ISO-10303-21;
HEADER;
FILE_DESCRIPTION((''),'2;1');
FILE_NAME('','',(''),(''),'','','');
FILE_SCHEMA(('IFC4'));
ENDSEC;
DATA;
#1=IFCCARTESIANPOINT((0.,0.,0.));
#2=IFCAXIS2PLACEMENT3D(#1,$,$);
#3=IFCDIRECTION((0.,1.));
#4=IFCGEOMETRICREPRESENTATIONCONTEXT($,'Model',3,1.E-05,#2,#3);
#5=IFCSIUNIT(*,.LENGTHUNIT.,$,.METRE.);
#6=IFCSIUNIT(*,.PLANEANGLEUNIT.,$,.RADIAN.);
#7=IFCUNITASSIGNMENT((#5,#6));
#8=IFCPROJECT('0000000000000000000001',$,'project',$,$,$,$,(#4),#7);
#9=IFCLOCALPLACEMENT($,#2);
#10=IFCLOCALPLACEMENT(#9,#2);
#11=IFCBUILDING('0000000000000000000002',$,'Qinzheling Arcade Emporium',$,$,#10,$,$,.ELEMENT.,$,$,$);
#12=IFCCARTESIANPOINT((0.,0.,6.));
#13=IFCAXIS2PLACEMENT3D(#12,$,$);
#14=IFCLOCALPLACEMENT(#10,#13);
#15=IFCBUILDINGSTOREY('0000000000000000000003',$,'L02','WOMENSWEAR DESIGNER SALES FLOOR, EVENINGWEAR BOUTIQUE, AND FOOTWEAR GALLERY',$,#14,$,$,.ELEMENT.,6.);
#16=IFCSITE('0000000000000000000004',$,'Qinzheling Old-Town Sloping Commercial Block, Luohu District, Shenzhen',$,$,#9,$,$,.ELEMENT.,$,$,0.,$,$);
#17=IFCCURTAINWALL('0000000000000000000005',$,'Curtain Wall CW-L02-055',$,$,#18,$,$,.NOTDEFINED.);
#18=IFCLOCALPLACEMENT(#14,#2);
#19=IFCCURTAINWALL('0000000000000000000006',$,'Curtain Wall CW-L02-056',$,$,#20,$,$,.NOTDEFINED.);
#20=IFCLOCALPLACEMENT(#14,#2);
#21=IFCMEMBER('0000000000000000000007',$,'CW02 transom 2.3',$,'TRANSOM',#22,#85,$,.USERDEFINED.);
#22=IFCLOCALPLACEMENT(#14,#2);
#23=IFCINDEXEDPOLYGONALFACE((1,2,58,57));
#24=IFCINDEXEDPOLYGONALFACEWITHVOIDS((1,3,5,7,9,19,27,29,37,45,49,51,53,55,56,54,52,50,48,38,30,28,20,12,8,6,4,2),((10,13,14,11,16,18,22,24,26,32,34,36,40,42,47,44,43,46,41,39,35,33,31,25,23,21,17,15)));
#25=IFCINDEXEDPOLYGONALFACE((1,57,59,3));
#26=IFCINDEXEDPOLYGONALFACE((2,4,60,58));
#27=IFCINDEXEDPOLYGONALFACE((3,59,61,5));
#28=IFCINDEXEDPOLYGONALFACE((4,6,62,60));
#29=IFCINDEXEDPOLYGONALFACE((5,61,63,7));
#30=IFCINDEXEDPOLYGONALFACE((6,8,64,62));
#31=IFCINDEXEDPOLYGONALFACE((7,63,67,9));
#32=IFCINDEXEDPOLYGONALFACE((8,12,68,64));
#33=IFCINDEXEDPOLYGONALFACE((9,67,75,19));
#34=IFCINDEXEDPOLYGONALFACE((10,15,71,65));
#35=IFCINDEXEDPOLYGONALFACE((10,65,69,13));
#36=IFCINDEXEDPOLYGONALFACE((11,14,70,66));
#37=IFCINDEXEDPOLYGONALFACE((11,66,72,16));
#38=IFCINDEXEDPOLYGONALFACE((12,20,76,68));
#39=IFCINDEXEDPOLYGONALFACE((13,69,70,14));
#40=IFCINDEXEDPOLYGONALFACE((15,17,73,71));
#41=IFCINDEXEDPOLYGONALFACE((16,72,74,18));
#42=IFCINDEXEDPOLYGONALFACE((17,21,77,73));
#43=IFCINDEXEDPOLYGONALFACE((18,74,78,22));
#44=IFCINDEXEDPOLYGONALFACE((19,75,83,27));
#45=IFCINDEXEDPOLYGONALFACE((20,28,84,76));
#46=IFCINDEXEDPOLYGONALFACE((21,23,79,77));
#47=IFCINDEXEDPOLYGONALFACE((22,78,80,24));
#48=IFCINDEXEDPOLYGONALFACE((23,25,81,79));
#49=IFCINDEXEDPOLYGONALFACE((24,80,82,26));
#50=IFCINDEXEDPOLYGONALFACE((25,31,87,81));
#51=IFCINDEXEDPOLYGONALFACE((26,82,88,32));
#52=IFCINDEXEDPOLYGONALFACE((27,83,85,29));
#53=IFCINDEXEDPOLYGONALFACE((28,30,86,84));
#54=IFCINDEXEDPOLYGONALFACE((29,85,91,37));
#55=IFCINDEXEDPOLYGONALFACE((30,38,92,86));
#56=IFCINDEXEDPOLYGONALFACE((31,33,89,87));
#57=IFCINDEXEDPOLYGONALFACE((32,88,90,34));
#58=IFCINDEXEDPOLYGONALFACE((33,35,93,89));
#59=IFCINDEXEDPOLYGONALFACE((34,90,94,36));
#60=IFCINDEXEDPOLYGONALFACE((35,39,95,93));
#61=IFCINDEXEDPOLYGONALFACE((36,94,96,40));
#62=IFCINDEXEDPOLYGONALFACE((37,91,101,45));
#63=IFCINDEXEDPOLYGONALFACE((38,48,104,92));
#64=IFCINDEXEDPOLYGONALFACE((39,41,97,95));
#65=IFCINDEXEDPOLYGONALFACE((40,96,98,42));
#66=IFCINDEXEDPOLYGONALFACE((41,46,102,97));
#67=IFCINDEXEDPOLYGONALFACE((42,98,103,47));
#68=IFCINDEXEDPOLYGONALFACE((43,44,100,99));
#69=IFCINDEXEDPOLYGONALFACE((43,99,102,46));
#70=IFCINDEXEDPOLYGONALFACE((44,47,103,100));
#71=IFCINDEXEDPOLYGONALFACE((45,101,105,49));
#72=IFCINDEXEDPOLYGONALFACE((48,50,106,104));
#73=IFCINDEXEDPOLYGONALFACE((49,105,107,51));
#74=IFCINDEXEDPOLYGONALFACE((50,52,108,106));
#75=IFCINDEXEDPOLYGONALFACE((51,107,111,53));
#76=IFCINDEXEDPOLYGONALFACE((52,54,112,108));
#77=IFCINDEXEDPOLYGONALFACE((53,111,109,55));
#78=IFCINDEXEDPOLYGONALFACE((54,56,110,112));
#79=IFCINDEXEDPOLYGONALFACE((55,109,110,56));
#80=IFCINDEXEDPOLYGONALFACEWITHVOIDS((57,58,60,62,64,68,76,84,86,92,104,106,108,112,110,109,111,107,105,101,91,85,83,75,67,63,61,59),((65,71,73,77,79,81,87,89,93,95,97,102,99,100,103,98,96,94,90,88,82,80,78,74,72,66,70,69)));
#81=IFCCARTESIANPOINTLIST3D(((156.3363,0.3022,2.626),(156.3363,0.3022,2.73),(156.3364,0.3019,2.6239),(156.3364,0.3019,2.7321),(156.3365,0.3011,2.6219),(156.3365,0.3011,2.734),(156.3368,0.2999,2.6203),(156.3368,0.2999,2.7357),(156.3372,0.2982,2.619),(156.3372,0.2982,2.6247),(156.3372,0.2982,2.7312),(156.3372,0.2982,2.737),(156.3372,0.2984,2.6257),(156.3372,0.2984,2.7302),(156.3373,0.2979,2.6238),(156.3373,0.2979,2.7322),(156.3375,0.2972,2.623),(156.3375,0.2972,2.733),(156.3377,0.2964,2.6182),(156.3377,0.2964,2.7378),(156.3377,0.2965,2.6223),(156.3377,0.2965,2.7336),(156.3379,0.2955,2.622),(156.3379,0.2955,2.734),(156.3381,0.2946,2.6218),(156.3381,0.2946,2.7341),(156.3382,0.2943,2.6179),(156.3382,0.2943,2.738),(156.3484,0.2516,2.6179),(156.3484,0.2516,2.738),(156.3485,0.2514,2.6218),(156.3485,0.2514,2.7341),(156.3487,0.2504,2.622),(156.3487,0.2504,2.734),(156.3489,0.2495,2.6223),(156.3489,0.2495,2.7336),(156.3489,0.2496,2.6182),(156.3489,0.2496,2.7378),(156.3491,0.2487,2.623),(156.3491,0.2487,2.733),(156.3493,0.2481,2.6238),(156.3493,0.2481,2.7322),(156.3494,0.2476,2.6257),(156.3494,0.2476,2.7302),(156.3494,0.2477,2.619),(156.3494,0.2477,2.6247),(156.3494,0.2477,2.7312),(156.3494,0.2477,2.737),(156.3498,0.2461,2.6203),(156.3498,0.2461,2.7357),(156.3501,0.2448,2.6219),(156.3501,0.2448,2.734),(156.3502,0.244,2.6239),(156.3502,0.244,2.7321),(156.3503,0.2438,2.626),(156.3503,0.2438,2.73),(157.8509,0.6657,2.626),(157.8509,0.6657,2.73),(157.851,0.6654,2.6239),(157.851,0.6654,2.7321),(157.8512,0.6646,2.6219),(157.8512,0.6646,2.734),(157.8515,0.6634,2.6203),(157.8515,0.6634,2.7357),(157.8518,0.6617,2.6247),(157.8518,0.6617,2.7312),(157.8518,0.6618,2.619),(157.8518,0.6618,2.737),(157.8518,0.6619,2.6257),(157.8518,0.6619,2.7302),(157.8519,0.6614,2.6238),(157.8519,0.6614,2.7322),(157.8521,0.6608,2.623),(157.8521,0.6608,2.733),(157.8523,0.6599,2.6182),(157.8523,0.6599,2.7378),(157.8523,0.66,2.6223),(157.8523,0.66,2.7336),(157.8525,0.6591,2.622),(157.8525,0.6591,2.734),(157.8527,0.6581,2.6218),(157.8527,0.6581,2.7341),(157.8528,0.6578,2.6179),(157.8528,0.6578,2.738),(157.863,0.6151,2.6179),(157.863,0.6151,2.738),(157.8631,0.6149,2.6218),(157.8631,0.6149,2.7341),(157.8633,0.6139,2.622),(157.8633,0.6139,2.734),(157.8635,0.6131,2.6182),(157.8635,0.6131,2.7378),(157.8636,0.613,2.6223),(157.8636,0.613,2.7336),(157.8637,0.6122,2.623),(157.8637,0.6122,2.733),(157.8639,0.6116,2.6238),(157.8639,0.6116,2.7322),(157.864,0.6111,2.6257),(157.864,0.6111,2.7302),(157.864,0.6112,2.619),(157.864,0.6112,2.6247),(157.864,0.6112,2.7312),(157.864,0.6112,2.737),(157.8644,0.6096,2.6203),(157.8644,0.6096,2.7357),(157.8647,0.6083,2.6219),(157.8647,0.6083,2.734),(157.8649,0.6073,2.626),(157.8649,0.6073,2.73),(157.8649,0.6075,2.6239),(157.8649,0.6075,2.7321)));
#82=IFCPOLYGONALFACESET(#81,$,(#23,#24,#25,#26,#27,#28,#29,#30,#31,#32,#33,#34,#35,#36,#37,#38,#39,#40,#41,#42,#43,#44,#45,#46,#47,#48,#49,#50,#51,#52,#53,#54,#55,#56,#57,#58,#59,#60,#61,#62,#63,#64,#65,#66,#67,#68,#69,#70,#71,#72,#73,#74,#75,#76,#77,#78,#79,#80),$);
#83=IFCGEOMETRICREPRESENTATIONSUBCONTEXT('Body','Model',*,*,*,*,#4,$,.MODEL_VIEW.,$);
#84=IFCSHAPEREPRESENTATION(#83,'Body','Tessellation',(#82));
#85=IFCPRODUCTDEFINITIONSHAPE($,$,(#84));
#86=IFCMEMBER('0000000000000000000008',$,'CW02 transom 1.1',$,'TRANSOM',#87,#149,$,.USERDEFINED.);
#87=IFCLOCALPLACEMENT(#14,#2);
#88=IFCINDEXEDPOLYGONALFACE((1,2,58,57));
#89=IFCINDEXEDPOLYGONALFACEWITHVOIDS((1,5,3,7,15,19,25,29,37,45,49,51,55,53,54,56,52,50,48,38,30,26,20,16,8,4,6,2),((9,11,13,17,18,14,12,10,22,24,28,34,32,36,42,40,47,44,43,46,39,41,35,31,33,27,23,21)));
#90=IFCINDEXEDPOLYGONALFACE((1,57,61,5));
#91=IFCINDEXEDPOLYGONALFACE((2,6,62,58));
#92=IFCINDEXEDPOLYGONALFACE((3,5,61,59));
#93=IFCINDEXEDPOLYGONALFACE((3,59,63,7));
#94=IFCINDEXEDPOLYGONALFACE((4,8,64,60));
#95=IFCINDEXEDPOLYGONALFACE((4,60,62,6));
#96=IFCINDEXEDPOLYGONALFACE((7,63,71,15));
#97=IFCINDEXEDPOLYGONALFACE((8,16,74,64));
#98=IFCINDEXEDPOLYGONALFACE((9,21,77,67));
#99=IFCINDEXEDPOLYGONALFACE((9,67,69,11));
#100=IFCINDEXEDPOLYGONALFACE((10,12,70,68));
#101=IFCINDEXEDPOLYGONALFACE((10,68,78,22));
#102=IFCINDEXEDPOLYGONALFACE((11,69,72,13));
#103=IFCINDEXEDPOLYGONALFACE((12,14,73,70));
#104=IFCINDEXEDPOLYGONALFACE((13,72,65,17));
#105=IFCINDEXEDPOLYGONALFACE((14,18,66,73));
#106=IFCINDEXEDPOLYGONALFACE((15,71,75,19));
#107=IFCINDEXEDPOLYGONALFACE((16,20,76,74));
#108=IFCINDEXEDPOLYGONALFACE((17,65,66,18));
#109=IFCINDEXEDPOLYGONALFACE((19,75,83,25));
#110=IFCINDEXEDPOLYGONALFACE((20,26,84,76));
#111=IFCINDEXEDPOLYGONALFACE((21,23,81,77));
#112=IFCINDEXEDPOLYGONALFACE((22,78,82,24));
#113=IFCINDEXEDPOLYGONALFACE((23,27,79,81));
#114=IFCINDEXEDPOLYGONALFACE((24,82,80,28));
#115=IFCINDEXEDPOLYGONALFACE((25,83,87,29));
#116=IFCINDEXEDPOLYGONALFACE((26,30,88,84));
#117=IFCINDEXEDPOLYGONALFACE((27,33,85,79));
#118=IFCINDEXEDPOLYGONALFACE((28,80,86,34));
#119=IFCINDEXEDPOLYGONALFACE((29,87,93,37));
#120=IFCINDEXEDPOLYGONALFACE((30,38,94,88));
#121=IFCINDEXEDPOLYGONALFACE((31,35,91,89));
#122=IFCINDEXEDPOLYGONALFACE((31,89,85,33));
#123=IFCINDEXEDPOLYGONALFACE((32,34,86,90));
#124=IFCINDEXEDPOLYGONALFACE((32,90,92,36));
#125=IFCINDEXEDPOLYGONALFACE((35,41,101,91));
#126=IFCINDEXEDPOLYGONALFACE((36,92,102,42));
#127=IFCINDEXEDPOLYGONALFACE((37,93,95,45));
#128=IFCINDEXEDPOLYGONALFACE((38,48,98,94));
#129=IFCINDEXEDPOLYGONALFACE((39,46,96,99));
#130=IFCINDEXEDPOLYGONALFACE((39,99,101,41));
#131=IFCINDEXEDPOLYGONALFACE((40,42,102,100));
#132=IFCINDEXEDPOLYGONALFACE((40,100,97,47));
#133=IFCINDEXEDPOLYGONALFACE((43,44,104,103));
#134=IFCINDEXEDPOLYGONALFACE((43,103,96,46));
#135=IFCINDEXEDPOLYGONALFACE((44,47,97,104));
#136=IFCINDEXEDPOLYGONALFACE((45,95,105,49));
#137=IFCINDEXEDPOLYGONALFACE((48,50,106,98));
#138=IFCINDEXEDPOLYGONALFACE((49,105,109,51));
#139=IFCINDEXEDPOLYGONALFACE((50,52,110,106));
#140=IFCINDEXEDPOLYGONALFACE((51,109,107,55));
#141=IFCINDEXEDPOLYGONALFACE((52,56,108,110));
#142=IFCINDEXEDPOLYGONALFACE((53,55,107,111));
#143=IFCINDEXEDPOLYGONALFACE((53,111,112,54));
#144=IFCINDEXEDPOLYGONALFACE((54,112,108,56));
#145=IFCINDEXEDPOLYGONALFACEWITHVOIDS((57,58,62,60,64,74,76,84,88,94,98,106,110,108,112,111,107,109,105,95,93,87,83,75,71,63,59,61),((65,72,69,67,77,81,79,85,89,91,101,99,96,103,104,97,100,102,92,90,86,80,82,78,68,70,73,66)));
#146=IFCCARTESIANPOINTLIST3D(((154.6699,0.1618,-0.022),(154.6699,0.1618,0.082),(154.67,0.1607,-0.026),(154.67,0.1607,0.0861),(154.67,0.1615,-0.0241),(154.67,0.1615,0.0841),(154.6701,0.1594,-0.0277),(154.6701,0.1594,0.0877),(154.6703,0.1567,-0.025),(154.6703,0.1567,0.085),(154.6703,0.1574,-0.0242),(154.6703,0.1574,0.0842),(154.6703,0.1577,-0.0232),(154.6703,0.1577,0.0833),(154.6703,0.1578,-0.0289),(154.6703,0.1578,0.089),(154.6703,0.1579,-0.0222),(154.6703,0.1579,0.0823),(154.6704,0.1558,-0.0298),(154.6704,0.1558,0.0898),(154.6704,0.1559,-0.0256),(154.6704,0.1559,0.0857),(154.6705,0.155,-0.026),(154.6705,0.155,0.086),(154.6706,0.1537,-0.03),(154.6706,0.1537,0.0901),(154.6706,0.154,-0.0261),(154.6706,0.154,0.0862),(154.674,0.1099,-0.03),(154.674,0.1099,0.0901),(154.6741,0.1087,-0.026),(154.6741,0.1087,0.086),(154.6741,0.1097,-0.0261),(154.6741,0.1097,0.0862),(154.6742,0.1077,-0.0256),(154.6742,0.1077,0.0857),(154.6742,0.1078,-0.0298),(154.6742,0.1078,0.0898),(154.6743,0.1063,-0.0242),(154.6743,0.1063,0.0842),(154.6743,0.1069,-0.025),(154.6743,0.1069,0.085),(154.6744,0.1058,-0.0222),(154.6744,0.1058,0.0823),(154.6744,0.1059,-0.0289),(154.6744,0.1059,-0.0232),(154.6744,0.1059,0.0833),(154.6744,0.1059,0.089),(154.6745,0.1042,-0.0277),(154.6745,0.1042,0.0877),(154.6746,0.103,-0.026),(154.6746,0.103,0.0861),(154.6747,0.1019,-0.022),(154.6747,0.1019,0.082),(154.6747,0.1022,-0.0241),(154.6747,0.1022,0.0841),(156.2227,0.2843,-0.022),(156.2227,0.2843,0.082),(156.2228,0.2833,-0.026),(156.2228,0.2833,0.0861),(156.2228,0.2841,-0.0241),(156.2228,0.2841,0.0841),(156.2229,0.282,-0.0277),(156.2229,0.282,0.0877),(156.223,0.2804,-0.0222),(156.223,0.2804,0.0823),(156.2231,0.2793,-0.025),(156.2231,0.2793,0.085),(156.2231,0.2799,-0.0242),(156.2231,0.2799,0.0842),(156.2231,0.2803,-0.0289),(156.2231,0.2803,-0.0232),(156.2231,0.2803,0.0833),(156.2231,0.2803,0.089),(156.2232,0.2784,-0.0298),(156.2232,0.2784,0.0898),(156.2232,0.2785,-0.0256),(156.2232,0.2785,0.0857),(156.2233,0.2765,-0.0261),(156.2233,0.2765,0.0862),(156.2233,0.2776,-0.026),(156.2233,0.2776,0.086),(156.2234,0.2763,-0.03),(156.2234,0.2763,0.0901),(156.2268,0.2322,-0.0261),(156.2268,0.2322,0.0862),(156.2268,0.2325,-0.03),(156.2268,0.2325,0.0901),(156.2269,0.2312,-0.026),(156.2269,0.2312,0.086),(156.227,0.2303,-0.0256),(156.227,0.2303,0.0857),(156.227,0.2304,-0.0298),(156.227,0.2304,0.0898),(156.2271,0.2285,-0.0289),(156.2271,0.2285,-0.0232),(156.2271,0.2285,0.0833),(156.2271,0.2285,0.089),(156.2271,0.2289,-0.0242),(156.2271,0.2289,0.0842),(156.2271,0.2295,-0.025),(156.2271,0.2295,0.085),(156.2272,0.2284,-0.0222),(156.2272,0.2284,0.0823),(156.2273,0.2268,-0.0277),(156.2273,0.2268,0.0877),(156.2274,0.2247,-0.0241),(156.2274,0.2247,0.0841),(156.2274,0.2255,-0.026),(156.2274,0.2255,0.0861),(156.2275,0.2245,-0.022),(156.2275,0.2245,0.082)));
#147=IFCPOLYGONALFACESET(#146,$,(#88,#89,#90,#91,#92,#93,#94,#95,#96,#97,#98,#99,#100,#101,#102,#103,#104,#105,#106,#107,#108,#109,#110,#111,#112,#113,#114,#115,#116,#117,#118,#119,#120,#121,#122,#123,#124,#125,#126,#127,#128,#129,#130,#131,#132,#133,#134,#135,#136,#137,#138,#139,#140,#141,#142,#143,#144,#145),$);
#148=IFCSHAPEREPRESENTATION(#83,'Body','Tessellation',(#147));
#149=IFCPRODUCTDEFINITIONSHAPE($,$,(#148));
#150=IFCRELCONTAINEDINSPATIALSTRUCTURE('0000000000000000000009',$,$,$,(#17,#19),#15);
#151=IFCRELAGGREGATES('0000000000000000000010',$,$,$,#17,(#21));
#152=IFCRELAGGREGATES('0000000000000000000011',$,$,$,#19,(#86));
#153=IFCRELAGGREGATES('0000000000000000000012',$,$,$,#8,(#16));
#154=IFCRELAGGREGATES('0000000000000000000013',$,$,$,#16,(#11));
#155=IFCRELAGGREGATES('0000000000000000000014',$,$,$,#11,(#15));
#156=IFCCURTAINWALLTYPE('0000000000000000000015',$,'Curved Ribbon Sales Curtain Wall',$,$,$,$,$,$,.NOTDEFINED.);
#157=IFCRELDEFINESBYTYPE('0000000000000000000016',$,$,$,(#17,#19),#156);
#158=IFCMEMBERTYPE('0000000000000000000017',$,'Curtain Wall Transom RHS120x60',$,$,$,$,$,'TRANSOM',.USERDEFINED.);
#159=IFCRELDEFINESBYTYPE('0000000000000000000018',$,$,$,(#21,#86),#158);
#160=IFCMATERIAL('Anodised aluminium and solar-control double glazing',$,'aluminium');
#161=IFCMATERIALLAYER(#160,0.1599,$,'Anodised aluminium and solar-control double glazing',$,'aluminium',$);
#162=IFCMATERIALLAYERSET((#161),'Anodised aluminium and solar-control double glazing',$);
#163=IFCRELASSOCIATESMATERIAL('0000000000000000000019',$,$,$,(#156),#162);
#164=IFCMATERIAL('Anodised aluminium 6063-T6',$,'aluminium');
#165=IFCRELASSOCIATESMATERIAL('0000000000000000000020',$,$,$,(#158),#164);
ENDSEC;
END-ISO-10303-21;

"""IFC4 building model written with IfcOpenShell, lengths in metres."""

from ifc_helpers import new_model, si_unit, direction, frame, origin, origin_2d, place, context, subcontext, project, spatial, hollow_rectangle, extrude, material, layer, layer_set, material_profile, profile_set, type_object, element, aggregate, save


model = new_model("IFC4")

# Units and contexts
model_context = context("Model", 3, precision=1e-05, world=origin(), true_north=direction((0.0, 1.0)))
body_context = subcontext(model_context, "Body", "Model", "MODEL_VIEW")
ifc_project = project(units=[si_unit("LENGTHUNIT", "METRE"), si_unit("PLANEANGLEUNIT", "RADIAN")], contexts=[model_context])

# Site, building, storey
site_placement = place(None, origin())
site = spatial("IfcSite", under=ifc_project, at=site_placement, Name="Qinzheling Old-Town Sloping Commercial Block, Luohu District, Shenzhen", CompositionType="ELEMENT", RefElevation=0.0)
building_placement = place(site_placement, origin())
building = spatial("IfcBuilding", under=site, at=building_placement, Name="Qinzheling Arcade Emporium", CompositionType="ELEMENT")
storey_placement = place(building_placement, frame((0.0, 0.0, 6.0)))
storey = spatial("IfcBuildingStorey", under=building, at=storey_placement, Name="L02", Description="WOMENSWEAR DESIGNER SALES FLOOR, EVENINGWEAR BOUTIQUE, AND FOOTWEAR GALLERY", CompositionType="ELEMENT", Elevation=6.0)

# Curtain walls
ifc_material_1 = material(Name="Anodised aluminium and solar-control double glazing", Category="aluminium")
ifc_layer_1 = layer(ifc_material_1, 0.1599, Name="Anodised aluminium and solar-control double glazing", Category="aluminium")
ifc_layer_set_1 = layer_set([ifc_layer_1], Name="Anodised aluminium and solar-control double glazing")
curtain_wall_type = type_object("IfcCurtainWallType", Name="Curved Ribbon Sales Curtain Wall", PredefinedType="NOTDEFINED", material=ifc_layer_set_1)
curtain_wall_1_placement = place(storey_placement, origin())
curtain_wall_1 = element("IfcCurtainWall", 1, at=curtain_wall_1_placement, inside=storey, type_object=curtain_wall_type, Name="Curtain Wall CW-L02-055", PredefinedType="NOTDEFINED")
ifc_material_2 = material(Name="Anodised aluminium 6063-T6", Category="aluminium")
curtain_wall_2_placement = place(storey_placement, origin())
curtain_wall_2 = element("IfcCurtainWall", 2, at=curtain_wall_2_placement, inside=storey, type_object=curtain_wall_type, Name="Curtain Wall CW-L02-056", PredefinedType="NOTDEFINED")

# Members
ifc_material_profile_1 = material_profile(ifc_material_2, hollow_rectangle(XDim=0.0601, YDim=0.1201, WallThickness=0.0039, InnerFilletRadius=0.0039, OuterFilletRadius=0.0081, at=origin_2d()), Name="RHS 120x60x4", Category="aluminium")
ifc_profile_set_1 = profile_set([ifc_material_profile_1], Name="Anodised aluminium 6063-T6")
member_type_1 = type_object("IfcMemberType", Name="Curtain Wall Transom RHS120x60", ElementType="TRANSOM", PredefinedType="USERDEFINED", material=ifc_profile_set_1)
member_1_placement = place(storey_placement, frame((157.8579, 0.6365, 2.678), z_axis=(-0.972386, -0.233379, 0.0), x_axis=(0.233379, -0.972386, 0.0)))
member_1 = element("IfcMember", 3, at=member_1_placement, type_object=member_type_1, Name="CW02 transom 2.3", ObjectType="TRANSOM", PredefinedType="USERDEFINED", context=body_context, shape_type="SweptSolid", body=[
    extrude(hollow_rectangle(XDim=0.0601, YDim=0.1201, WallThickness=0.0039, InnerFilletRadius=0.0039, OuterFilletRadius=0.0081, at=origin_2d()), origin(), (0.0, 0.0, 1.0), 1.5576),
])
member_2_placement = place(storey_placement, frame((156.2251, 0.2544, 0.03), z_axis=(-0.996899, -0.078686, 0.0), x_axis=(0.078686, -0.996899, 0.0)))
member_2 = element("IfcMember", 4, at=member_2_placement, type_object=member_type_1, Name="CW02 transom 1.1", ObjectType="TRANSOM", PredefinedType="USERDEFINED", context=body_context, shape_type="SweptSolid", body=[
    extrude(hollow_rectangle(XDim=0.0601, YDim=0.1201, WallThickness=0.0039, InnerFilletRadius=0.0039, OuterFilletRadius=0.0081, at=origin_2d()), origin(), (0.0, 0.0, 1.0), 1.5576),
])

aggregate(curtain_wall_1, [member_1])
aggregate(curtain_wall_2, [member_2])

save(model, "model.ifc")
